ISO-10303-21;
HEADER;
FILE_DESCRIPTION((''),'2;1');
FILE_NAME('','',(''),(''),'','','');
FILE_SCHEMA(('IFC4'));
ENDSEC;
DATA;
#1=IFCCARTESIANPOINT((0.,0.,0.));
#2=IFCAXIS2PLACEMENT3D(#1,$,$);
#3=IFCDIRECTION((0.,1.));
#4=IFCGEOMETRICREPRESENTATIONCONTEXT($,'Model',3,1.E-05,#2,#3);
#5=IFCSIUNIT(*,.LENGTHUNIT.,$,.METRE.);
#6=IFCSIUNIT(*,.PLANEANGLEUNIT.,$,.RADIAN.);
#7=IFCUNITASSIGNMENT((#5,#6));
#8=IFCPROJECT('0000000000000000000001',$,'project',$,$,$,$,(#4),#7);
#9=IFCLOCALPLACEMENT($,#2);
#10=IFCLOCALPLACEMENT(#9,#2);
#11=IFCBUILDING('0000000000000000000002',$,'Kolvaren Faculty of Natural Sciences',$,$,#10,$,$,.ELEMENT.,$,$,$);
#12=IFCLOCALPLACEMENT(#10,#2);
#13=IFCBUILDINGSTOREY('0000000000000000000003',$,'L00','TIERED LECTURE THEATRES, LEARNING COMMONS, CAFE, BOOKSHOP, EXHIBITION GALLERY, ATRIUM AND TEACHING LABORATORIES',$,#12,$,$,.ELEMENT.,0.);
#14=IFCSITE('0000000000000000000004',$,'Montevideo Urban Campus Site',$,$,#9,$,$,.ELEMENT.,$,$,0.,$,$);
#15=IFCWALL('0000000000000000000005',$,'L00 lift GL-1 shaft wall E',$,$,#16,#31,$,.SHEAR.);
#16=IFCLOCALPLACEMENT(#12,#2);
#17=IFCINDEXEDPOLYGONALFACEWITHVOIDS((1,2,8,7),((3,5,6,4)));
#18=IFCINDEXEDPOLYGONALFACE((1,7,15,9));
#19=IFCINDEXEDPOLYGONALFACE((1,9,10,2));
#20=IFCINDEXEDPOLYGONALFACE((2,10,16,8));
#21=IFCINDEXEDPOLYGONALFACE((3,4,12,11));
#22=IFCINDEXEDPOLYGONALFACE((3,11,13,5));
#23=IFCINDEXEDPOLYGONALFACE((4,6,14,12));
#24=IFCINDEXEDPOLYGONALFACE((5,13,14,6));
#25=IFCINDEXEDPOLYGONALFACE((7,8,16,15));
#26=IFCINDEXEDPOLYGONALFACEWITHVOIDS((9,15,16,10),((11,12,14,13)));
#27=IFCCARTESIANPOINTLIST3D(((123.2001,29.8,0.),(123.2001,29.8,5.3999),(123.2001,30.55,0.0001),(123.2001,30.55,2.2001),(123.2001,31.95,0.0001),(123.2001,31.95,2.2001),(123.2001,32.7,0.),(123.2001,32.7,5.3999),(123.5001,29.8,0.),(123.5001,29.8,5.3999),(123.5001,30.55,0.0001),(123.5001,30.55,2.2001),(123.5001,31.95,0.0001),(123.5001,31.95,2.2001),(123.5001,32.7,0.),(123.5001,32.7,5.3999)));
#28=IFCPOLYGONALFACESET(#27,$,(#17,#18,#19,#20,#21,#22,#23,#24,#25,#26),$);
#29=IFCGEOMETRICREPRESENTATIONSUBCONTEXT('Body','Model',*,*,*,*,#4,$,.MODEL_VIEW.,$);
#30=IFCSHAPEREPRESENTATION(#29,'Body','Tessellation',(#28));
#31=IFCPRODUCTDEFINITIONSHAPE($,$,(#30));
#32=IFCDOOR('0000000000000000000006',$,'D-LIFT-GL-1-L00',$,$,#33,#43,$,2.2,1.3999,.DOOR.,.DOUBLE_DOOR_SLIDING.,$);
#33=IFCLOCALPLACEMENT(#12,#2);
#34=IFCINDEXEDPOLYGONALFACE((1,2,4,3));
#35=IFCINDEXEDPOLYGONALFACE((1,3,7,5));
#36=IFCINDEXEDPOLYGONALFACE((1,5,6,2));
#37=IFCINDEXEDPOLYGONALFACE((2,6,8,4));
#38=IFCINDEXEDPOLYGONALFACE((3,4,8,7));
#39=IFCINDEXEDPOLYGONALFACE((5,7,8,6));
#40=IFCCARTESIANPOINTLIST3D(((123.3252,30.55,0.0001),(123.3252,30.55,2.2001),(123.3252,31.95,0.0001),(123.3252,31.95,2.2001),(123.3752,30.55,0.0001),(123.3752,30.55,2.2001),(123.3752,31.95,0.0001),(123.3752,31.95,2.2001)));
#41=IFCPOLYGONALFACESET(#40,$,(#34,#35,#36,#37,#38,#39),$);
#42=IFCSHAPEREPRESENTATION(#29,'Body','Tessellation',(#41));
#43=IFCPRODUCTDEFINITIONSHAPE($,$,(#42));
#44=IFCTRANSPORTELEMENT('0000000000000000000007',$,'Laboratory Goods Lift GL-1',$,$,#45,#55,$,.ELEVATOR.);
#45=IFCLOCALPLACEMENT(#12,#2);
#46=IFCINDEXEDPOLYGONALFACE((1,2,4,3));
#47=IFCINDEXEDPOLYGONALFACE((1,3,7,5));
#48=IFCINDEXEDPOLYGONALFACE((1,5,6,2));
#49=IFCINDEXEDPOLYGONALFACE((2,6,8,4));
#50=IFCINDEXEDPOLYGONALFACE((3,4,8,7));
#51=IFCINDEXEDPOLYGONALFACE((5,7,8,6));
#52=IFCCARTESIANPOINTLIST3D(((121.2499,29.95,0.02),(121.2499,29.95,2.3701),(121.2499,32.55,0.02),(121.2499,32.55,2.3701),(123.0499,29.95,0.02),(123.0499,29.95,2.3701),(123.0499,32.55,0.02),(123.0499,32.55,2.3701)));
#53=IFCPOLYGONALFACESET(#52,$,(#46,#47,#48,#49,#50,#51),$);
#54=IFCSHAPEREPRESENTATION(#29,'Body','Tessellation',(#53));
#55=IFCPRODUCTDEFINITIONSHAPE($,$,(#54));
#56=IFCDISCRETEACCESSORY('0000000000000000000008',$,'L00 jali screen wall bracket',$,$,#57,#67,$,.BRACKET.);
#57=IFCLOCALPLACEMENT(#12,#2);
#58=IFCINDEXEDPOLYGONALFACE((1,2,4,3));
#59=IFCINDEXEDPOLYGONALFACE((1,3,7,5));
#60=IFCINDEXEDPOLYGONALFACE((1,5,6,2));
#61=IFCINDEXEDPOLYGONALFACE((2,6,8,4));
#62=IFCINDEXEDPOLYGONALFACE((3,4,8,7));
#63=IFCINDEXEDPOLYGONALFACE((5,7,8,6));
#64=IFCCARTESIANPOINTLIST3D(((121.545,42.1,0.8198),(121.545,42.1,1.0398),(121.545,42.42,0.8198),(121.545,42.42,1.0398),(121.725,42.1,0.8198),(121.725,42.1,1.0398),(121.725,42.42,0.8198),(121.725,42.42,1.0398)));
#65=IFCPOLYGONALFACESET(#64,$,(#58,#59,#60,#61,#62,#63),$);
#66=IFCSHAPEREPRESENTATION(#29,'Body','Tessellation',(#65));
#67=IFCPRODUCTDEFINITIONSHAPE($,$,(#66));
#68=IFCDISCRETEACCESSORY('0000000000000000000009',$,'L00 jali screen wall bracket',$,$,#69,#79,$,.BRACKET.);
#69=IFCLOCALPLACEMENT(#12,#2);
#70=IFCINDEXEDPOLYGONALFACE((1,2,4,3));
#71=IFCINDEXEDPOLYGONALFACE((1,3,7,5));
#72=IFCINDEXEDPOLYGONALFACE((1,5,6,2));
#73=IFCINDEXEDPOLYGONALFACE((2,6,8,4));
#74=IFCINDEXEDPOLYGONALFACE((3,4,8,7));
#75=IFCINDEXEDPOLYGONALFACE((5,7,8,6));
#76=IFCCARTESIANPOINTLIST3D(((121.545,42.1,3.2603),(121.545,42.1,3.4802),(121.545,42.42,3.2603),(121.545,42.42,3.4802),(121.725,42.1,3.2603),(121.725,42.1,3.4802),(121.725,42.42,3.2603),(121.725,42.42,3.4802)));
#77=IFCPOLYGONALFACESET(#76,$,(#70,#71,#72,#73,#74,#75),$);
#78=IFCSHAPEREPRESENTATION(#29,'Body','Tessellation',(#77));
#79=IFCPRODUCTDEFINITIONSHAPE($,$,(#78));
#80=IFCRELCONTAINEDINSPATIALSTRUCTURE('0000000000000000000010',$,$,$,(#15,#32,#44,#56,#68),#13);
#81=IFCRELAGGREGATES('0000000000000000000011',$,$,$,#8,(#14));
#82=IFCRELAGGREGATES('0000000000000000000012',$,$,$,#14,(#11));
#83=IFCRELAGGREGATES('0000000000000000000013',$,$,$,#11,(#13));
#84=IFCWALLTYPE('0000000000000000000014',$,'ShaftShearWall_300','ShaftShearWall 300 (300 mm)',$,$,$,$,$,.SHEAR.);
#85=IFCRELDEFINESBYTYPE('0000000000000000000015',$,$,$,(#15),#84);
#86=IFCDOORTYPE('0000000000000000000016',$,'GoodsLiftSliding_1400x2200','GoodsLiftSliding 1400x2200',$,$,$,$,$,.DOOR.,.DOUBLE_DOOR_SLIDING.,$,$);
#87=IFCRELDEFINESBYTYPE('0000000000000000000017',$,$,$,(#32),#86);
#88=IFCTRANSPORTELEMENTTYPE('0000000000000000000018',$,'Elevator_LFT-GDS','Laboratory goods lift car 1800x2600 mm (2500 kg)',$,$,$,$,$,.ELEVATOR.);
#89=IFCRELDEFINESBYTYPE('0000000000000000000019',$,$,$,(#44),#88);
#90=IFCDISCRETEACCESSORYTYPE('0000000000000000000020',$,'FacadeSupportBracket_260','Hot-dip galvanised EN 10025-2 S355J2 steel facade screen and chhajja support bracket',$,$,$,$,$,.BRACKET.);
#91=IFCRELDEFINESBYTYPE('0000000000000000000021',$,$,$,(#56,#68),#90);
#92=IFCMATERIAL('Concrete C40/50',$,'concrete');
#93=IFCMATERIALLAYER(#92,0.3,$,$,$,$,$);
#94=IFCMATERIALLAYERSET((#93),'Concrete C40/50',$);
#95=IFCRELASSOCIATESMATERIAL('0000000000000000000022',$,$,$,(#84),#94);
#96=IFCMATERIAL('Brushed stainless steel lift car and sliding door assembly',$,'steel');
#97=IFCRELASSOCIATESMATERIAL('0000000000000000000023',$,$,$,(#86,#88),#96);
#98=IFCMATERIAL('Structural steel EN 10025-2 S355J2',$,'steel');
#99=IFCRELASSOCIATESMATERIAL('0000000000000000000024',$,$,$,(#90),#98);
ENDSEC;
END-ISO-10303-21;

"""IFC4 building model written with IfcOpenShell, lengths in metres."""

from ifc_helpers import new_model, si_unit, direction, frame, frame_2d, origin, origin_2d, place, context, subcontext, project, spatial, rectangle, extrude, material, layer, layer_set, type_object, element, fill, save


model = new_model("IFC4")

# Units and contexts
model_context = context("Model", 3, precision=1e-05, world=origin(), true_north=direction((0.0, 1.0)))
body_context = subcontext(model_context, "Body", "Model", "MODEL_VIEW")
ifc_project = project(units=[si_unit("LENGTHUNIT", "METRE"), si_unit("PLANEANGLEUNIT", "RADIAN")], contexts=[model_context])

# Site, building, storey
site_placement = place(None, origin())
site = spatial("IfcSite", under=ifc_project, at=site_placement, Name="Montevideo Urban Campus Site", CompositionType="ELEMENT", RefElevation=0.0)
building_placement = place(site_placement, origin())
building = spatial("IfcBuilding", under=site, at=building_placement, Name="Kolvaren Faculty of Natural Sciences", CompositionType="ELEMENT")
storey_placement = place(building_placement, origin())
storey = spatial("IfcBuildingStorey", under=building, at=storey_placement, Name="L00", Description="TIERED LECTURE THEATRES, LEARNING COMMONS, CAFE, BOOKSHOP, EXHIBITION GALLERY, ATRIUM AND TEACHING LABORATORIES", CompositionType="ELEMENT", Elevation=0.0)

# Shared definitions
ifc_material_1 = material(Name="Concrete C40/50", Category="concrete")

# Shared definitions
ifc_layer_1 = layer(ifc_material_1, 0.3)
ifc_layer_set_1 = layer_set([ifc_layer_1], Name="Concrete C40/50")
wall_type_1 = type_object("IfcWallType", Name="ShaftShearWall_300", Description="ShaftShearWall 300 (300 mm)", PredefinedType="SHEAR", material=ifc_layer_set_1)

# Wall, opening, door
wall_1_placement = place(storey_placement, frame((123.3501, 29.8, 0.0), z_axis=(0.0, 0.0, 1.0), x_axis=(0.0, 1.0, 0.0)))
wall_1 = element("IfcWall", 1, at=wall_1_placement, inside=storey, type_object=wall_type_1, Name="L00 lift GL-1 shaft wall E", PredefinedType="SHEAR", context=body_context, shape_type="SweptSolid", body=[
    extrude(rectangle(XDim=2.8999, YDim=0.3, at=frame_2d((1.45, 0.0))), origin(), (0.0, 0.0, 1.0), 5.3999),
])
opening_1_placement = place(wall_1_placement, frame((0.75, 0.0, 0.0)))
opening_1 = element("IfcOpeningElement", 2, at=opening_1_placement, cuts=wall_1, PredefinedType="OPENING", context=body_context, shape_type="SweptSolid", body=[
    extrude(rectangle(XDim=1.3999, YDim=2.2, at=frame_2d((0.7, 1.1001))), frame((0.0, 0.1599, 0.0), z_axis=(0.0, -1.0, 0.0), x_axis=(1.0, 0.0, 0.0)), (0.0, 0.0, 1.0), 0.3201),
])
ifc_material_2 = material(Name="Brushed stainless steel lift car and sliding door assembly", Category="steel")
door_type_1 = type_object("IfcDoorType", Name="GoodsLiftSliding_1400x2200", Description="GoodsLiftSliding 1400x2200", OperationType="DOUBLE_DOOR_SLIDING", PredefinedType="DOOR", material=ifc_material_2)
door_1_placement = place(opening_1_placement, origin())
door_1 = element("IfcDoor", 3, at=door_1_placement, inside=storey, type_object=door_type_1, Name="D-LIFT-GL-1-L00", OperationType="DOUBLE_DOOR_SLIDING", OverallHeight=2.2, OverallWidth=1.3999, PredefinedType="DOOR", context=body_context, shape_type="SweptSolid", body=[
    extrude(rectangle(XDim=1.3999, YDim=2.2, at=frame_2d((0.7, 1.1001))), frame((0.0, 0.0249, 0.0), z_axis=(0.0, -1.0, 0.0), x_axis=(1.0, 0.0, 0.0)), (0.0, 0.0, 1.0), 0.05),
])
fill(opening_1, door_1)

# Transport element
transport_element_type = type_object("IfcTransportElementType", Name="Elevator_LFT-GDS", Description="Laboratory goods lift car 1800x2600 mm (2500 kg)", PredefinedType="ELEVATOR", material=ifc_material_2)
transport_element_placement = place(storey_placement, frame((122.1499, 31.25, 0.02), z_axis=(0.0, 0.0, 1.0), x_axis=(1.0, 0.0, 0.0)))
element("IfcTransportElement", 4, at=transport_element_placement, inside=storey, type_object=transport_element_type, Name="Laboratory Goods Lift GL-1", PredefinedType="ELEVATOR", context=body_context, shape_type="SweptSolid", body=[
    extrude(rectangle(XDim=1.8, YDim=2.6001, at=origin_2d()), origin(), (0.0, 0.0, 1.0), 2.3501),
])

# Discrete accessories
ifc_material_3 = material(Name="Structural steel EN 10025-2 S355J2", Category="steel")
discrete_accessory_type = type_object("IfcDiscreteAccessoryType", Name="FacadeSupportBracket_260", Description="Hot-dip galvanised EN 10025-2 S355J2 steel facade screen and chhajja support bracket", PredefinedType="BRACKET", material=ifc_material_3)
for number, where, z_axis, x_axis, name in (
    (5, (121.635, 42.26, 0.8198), (0.0, 0.0, 1.0), (1.0, 0.0, 0.0), "L00 jali screen wall bracket"),
    (6, (121.635, 42.26, 3.2603), (0.0, 0.0, 1.0), (1.0, 0.0, 0.0), "L00 jali screen wall bracket"),
):
    element("IfcDiscreteAccessory", number, at=place(storey_placement, frame(where, z_axis=z_axis, x_axis=x_axis)), inside=storey, type_object=discrete_accessory_type, Name=name, PredefinedType="BRACKET", context=body_context, shape_type="SweptSolid", body=[
        extrude(rectangle(XDim=0.1799, YDim=0.3201, at=origin_2d()), origin(), (0.0, 0.0, 1.0), 0.22),
    ])

save(model, "model.ifc")
